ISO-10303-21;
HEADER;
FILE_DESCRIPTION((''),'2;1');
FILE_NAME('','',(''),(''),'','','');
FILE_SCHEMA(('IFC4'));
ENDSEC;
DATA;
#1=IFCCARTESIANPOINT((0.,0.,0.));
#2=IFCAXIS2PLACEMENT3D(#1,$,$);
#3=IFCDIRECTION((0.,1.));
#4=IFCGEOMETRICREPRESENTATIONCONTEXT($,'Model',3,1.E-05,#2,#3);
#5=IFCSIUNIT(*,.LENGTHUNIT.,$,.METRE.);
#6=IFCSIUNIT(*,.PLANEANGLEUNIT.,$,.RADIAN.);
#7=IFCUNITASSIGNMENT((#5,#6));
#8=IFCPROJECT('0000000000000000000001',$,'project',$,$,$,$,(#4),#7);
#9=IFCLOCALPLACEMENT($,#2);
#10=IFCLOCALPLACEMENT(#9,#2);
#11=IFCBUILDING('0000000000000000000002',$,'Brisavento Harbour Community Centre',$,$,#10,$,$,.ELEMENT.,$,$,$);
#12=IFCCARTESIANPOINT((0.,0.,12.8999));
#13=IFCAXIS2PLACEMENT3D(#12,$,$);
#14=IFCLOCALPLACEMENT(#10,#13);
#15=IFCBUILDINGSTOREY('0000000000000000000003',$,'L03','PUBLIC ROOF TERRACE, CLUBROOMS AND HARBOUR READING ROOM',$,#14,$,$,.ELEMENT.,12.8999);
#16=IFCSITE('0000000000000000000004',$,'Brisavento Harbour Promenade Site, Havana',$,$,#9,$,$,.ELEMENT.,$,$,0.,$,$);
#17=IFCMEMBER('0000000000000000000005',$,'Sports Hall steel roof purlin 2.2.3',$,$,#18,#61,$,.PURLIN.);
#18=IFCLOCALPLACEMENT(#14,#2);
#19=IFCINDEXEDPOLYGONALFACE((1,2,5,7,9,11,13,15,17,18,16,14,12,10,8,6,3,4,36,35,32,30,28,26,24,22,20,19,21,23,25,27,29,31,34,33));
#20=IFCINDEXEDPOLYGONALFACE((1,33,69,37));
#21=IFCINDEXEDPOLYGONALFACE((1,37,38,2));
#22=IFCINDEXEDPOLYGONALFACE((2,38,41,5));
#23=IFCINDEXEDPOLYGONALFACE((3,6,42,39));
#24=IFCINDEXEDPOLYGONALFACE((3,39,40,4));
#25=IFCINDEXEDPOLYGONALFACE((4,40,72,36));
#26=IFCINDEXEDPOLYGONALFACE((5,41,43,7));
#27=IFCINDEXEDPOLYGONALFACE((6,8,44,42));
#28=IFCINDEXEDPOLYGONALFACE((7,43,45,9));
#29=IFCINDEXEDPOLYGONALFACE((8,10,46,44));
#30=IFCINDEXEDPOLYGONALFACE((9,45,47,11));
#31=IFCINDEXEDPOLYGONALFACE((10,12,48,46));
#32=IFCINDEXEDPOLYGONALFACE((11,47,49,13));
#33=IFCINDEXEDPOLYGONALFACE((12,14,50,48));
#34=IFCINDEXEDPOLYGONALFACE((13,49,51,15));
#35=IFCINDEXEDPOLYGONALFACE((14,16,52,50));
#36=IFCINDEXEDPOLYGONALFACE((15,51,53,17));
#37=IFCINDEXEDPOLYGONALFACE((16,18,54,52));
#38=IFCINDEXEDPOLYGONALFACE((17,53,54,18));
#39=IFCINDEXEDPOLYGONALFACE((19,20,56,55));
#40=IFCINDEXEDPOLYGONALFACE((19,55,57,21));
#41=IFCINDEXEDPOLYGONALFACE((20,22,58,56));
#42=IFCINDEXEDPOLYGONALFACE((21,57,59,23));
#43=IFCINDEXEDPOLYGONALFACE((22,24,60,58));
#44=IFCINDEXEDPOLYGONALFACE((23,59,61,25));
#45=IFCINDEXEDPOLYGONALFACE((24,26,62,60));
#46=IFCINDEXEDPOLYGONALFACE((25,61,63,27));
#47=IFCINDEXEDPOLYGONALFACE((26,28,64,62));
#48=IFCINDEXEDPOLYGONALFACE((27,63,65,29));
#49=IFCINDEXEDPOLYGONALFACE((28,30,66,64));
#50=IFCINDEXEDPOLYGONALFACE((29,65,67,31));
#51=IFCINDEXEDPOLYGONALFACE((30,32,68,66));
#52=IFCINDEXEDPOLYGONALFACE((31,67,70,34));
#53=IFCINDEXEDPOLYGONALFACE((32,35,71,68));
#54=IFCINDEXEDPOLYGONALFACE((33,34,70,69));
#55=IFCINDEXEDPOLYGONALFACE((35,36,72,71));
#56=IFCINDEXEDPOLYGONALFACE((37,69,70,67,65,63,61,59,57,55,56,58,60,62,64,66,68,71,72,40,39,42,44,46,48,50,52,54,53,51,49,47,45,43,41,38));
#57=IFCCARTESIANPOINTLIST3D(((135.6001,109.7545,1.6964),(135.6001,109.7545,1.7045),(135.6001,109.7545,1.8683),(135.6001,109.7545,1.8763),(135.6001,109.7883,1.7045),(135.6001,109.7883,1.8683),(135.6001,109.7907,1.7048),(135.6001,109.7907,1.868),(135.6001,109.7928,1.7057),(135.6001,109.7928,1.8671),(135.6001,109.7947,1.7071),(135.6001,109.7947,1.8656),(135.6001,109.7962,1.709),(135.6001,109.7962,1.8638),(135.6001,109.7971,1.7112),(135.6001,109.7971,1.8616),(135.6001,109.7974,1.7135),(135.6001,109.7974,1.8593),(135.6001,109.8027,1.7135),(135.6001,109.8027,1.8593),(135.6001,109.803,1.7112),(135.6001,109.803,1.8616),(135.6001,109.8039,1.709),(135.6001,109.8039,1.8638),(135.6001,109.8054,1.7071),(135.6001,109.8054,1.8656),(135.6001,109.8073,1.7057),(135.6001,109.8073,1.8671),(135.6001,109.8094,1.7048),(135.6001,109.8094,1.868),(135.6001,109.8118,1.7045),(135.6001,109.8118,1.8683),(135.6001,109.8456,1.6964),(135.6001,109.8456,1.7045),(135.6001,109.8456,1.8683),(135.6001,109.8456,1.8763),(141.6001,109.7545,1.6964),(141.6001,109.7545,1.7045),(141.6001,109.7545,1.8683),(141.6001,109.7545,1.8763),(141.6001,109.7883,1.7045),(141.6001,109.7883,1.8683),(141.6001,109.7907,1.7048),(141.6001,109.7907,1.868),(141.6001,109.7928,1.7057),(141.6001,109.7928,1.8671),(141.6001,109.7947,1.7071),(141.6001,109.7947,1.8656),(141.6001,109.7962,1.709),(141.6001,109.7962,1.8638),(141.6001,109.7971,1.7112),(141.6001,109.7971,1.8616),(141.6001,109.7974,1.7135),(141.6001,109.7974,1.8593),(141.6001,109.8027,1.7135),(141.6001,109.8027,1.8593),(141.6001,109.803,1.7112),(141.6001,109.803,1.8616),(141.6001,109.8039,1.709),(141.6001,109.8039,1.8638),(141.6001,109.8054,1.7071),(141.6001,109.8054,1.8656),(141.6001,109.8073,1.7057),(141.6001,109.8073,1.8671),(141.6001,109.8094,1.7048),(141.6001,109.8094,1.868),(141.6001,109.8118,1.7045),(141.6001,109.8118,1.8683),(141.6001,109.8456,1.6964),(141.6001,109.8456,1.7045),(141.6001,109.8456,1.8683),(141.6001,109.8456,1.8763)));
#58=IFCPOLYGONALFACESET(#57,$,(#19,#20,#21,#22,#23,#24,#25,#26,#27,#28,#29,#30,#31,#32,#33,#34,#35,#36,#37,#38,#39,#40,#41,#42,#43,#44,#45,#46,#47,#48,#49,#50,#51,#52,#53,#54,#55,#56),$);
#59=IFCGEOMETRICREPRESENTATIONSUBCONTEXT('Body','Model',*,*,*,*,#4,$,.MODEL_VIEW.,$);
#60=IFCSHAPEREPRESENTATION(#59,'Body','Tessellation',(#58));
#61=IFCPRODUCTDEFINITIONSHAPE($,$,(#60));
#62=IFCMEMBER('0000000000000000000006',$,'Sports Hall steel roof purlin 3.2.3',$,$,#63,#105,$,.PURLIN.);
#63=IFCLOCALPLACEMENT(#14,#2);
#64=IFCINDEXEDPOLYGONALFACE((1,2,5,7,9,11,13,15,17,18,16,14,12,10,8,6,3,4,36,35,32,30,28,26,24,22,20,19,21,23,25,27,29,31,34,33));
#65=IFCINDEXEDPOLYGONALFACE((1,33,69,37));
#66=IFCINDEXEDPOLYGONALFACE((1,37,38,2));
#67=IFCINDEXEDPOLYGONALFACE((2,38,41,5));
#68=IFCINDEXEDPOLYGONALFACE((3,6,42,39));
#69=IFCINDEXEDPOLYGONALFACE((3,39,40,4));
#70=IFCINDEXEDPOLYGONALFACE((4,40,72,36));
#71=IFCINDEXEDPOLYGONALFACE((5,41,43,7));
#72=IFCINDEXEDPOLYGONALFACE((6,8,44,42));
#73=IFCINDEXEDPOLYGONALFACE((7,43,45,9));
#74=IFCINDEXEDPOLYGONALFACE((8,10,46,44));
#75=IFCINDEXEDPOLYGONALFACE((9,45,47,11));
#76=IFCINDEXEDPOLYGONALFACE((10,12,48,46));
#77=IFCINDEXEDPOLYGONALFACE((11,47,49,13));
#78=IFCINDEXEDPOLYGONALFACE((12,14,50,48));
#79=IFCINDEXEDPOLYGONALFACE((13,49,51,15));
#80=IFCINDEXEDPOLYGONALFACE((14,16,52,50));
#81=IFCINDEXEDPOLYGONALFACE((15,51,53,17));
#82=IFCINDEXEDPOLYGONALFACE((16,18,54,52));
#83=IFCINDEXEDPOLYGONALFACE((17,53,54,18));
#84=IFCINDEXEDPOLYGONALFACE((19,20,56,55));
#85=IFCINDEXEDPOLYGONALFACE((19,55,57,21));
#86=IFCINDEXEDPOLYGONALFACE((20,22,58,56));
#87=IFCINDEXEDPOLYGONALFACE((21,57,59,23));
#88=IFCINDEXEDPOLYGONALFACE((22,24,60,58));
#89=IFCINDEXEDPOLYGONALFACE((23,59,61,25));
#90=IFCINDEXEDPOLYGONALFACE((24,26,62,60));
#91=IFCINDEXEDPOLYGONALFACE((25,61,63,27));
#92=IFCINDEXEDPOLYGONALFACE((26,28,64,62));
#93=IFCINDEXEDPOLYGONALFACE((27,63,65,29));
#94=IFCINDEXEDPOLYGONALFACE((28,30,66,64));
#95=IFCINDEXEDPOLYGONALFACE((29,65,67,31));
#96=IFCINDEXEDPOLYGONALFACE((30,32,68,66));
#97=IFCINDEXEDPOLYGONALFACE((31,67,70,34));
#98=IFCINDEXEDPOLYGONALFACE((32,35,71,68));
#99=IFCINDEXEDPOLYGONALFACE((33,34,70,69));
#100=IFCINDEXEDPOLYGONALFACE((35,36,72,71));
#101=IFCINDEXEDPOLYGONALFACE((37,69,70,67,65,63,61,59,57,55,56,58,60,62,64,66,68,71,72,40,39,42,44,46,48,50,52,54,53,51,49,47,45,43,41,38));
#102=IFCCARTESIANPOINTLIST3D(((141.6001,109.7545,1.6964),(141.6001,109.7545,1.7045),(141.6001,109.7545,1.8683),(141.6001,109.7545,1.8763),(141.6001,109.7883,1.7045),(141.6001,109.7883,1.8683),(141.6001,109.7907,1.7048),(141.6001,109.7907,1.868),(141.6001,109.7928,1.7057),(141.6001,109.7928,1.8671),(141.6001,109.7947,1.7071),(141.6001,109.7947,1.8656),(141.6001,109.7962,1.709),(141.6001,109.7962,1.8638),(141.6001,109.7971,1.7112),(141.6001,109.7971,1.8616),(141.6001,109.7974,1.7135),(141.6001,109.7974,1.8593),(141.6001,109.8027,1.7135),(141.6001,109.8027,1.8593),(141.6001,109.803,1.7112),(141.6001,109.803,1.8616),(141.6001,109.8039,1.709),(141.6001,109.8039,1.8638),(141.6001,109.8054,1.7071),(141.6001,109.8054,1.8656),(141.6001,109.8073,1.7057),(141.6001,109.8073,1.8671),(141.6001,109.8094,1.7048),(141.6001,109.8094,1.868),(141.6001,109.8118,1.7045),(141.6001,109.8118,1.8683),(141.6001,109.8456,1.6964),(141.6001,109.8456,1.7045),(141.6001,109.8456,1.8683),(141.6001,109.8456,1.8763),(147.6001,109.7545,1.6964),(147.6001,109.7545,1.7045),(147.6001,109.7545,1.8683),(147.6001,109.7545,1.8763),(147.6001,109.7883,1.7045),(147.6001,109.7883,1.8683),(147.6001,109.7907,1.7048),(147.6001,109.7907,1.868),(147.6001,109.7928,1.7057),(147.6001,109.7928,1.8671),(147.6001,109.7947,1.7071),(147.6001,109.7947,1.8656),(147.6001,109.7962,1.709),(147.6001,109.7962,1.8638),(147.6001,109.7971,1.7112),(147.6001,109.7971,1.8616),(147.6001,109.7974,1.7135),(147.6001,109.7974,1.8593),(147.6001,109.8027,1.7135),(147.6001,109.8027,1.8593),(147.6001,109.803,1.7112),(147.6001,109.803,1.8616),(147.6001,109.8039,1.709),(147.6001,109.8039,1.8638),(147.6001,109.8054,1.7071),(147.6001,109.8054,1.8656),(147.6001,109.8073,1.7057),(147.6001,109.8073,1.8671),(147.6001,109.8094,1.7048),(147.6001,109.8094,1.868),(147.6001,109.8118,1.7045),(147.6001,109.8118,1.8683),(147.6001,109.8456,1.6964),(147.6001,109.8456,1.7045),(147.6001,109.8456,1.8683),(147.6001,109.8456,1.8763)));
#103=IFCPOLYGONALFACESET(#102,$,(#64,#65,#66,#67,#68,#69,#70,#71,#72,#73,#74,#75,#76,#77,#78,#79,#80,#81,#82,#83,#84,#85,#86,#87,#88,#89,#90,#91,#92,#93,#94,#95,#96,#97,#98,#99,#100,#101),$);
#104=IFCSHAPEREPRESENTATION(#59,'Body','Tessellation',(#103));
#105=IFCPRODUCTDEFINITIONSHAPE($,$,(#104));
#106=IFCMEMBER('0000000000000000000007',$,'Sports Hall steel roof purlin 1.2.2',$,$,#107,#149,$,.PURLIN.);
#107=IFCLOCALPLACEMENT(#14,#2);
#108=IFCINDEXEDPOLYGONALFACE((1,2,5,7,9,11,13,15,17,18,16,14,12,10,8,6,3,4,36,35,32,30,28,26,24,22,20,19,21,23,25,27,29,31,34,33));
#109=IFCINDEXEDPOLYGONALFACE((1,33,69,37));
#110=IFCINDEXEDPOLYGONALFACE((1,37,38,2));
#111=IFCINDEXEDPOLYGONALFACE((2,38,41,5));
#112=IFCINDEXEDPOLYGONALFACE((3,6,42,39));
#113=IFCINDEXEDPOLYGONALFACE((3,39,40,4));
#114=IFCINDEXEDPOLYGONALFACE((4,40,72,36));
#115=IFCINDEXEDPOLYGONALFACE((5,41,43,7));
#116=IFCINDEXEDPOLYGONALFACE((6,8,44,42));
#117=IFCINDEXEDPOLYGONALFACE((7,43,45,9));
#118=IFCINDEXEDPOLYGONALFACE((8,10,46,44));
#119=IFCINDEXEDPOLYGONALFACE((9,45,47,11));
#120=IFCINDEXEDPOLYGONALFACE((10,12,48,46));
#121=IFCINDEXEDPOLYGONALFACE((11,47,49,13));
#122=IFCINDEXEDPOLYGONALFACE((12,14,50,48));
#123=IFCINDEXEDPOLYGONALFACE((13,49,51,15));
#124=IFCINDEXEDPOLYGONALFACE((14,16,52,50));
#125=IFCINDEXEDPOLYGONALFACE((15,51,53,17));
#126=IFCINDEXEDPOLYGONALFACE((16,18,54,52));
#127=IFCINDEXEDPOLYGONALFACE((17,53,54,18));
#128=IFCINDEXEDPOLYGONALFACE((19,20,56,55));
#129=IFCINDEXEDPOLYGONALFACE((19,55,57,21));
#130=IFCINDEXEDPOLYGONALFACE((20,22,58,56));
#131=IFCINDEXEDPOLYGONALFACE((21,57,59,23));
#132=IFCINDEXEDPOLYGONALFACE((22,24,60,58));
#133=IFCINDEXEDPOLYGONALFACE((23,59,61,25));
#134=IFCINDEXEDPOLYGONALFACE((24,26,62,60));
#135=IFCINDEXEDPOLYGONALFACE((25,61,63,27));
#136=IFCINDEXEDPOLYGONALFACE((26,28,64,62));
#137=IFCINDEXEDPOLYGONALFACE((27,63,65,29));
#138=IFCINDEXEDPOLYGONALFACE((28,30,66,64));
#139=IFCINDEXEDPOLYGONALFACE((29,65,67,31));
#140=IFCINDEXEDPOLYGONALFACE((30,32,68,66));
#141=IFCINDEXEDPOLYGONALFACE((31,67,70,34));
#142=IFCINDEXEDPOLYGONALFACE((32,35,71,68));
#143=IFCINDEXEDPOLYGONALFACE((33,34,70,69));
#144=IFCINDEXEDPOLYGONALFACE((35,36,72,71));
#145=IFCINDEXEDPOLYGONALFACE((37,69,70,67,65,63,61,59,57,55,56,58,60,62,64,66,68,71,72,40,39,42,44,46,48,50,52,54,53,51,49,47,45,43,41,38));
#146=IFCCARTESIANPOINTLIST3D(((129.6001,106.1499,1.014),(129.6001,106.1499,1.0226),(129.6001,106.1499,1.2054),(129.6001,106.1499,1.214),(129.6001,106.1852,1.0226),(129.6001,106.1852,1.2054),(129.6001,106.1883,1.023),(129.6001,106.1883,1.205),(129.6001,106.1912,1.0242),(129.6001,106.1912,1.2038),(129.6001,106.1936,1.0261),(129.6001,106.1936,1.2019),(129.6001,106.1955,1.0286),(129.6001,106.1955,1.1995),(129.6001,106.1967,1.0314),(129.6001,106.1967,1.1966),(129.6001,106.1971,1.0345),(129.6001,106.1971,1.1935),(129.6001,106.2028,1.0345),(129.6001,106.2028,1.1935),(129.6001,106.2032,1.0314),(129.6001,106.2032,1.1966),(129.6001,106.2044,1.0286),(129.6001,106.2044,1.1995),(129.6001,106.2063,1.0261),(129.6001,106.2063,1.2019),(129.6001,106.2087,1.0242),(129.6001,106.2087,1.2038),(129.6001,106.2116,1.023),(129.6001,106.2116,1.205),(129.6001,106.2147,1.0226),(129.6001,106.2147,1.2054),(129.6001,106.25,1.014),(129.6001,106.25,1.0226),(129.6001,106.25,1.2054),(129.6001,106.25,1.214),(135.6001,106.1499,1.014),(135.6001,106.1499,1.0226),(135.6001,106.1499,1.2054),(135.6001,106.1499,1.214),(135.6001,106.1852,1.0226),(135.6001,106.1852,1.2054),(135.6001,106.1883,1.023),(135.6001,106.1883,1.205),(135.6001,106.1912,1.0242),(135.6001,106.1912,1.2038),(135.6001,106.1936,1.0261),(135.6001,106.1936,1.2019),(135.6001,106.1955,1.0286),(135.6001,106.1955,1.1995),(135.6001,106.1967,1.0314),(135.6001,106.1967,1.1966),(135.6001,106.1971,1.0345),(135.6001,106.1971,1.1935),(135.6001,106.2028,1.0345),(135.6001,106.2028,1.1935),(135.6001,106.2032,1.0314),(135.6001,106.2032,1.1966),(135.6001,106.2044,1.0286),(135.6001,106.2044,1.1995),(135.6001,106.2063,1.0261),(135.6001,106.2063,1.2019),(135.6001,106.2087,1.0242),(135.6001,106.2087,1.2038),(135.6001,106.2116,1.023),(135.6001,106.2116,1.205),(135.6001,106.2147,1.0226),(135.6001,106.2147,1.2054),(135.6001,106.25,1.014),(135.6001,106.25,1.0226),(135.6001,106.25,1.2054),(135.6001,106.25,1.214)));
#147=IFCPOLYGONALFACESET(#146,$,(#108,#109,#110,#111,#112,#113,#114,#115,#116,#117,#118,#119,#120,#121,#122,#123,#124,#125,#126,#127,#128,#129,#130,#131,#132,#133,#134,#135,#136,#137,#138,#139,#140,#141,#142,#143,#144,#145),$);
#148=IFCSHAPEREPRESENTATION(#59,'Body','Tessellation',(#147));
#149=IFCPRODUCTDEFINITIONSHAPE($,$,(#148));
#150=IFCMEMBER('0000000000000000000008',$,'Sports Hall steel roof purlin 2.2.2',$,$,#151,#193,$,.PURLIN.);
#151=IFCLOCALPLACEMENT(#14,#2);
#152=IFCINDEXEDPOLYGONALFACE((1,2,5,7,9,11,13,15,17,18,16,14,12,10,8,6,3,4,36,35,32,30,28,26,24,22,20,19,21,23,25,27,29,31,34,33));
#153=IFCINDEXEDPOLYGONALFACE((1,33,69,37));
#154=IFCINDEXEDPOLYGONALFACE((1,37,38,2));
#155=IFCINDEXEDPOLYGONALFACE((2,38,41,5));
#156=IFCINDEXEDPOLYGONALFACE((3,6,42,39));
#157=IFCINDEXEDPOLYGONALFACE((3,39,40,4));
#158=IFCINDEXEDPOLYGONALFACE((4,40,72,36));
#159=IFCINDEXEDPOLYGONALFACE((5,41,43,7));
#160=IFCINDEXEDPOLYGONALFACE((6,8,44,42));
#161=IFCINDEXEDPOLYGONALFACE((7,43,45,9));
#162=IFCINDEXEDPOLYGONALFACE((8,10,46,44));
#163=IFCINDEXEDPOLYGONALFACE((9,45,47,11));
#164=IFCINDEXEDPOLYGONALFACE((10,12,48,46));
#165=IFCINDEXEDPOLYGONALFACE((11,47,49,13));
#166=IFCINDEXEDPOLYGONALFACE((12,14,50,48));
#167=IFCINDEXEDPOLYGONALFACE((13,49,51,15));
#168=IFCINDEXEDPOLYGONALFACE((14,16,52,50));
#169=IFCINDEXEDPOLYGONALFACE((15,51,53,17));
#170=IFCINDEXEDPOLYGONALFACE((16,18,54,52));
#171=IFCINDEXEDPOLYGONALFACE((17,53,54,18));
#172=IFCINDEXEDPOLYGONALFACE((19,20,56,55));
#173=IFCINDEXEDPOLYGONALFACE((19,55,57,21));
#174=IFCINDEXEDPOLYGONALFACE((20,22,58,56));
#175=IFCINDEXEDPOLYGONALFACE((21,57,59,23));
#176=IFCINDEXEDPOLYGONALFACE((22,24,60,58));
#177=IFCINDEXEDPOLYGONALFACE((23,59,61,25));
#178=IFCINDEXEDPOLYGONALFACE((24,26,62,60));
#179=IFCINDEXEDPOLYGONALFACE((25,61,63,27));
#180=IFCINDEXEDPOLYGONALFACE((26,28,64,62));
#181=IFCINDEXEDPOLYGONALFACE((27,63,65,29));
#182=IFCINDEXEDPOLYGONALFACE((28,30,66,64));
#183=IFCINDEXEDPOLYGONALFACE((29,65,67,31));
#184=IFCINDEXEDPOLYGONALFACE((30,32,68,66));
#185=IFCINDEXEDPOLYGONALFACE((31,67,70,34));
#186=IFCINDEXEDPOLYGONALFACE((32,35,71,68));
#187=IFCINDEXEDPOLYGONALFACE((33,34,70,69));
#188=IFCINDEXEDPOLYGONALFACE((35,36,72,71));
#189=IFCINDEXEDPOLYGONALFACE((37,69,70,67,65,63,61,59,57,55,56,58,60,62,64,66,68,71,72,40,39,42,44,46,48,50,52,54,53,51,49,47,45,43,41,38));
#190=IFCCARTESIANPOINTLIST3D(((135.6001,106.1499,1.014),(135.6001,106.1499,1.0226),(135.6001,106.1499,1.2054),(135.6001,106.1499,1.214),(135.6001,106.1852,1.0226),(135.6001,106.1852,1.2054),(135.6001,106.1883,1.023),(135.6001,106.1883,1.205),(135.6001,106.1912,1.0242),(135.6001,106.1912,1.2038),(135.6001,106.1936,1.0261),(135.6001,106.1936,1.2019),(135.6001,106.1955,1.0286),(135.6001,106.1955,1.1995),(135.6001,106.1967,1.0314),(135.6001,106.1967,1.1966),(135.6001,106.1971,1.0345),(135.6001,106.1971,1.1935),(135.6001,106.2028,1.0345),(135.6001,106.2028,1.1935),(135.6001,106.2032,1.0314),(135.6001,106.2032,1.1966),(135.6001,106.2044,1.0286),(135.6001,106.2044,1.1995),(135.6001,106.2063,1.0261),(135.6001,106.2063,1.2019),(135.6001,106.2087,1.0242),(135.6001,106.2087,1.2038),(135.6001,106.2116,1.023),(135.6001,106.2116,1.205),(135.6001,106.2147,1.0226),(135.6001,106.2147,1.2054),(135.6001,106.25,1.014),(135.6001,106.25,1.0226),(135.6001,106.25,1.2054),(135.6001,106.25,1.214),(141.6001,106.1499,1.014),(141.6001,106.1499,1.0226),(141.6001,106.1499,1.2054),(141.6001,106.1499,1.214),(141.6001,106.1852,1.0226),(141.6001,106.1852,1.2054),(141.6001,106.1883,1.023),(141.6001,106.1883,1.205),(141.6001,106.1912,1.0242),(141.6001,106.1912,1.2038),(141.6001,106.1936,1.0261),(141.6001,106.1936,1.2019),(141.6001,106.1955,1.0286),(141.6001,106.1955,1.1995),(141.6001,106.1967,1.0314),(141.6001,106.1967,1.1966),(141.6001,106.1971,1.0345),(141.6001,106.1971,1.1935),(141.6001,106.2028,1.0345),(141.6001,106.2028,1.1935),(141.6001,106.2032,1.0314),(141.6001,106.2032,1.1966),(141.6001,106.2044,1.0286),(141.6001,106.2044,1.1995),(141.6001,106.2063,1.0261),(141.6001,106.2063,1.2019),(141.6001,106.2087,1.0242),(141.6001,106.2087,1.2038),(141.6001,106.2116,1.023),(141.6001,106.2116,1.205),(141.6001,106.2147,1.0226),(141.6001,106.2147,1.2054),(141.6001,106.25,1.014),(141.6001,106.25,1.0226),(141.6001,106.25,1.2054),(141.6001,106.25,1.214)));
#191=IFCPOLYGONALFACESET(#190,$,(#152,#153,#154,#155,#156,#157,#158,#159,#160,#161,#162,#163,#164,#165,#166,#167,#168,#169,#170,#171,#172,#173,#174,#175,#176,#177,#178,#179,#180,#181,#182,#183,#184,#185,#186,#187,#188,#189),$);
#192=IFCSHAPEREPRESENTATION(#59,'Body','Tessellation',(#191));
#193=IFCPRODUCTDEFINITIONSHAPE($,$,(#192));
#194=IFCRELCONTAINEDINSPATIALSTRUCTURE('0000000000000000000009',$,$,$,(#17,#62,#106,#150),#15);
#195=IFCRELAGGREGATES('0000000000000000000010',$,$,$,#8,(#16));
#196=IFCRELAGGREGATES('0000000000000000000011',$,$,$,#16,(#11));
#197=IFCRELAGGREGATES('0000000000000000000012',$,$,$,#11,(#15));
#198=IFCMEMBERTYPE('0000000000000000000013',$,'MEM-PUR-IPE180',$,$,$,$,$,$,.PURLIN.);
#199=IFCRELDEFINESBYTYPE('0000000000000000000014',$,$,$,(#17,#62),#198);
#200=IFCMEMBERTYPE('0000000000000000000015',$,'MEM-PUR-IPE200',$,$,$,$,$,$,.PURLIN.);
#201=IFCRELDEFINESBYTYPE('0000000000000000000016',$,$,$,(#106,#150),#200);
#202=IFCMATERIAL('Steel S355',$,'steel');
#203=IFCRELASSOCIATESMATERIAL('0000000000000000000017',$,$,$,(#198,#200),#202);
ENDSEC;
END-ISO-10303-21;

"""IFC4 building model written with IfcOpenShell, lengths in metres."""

from ifc_helpers import new_model, si_unit, direction, frame, origin, origin_2d, place, context, subcontext, project, spatial, i_section, extrude, material, material_profile, profile_set, type_object, element, save


model = new_model("IFC4")

# Units and contexts
model_context = context("Model", 3, precision=1e-05, world=origin(), true_north=direction((0.0, 1.0)))
body_context = subcontext(model_context, "Body", "Model", "MODEL_VIEW")
ifc_project = project(units=[si_unit("LENGTHUNIT", "METRE"), si_unit("PLANEANGLEUNIT", "RADIAN")], contexts=[model_context])

# Site, building, storey
site_placement = place(None, origin())
site = spatial("IfcSite", under=ifc_project, at=site_placement, Name="Brisavento Harbour Promenade Site, Havana", CompositionType="ELEMENT", RefElevation=0.0)
building_placement = place(site_placement, origin())
building = spatial("IfcBuilding", under=site, at=building_placement, Name="Brisavento Harbour Community Centre", CompositionType="ELEMENT")
storey_placement = place(building_placement, frame((0.0, 0.0, 12.8999)))
storey = spatial("IfcBuildingStorey", under=building, at=storey_placement, Name="L03", Description="PUBLIC ROOF TERRACE, CLUBROOMS AND HARBOUR READING ROOM", CompositionType="ELEMENT", Elevation=12.8999)

# Members
ifc_material = material(Name="Steel S355", Category="steel")
ifc_material_profile_1 = material_profile(ifc_material, i_section(OverallWidth=0.0911, OverallDepth=0.1799, WebThickness=0.0054, FlangeThickness=0.0081, FilletRadius=0.009, at=origin_2d()), Name="Steel S355")
ifc_profile_set_1 = profile_set([ifc_material_profile_1], Name="Steel S355")
member_type_1 = type_object("IfcMemberType", Name="MEM-PUR-IPE180", PredefinedType="PURLIN", material=ifc_profile_set_1)
for number, where, z_axis, x_axis, name in (
    (1, (135.6001, 109.8, 1.7864), (1.0, 0.0, 0.0), (0.0, 1.0, 0.0), "Sports Hall steel roof purlin 2.2.3"),
    (2, (141.6001, 109.8, 1.7864), (1.0, 0.0, 0.0), (0.0, 1.0, 0.0), "Sports Hall steel roof purlin 3.2.3"),
):
    element("IfcMember", number, at=place(storey_placement, frame(where, z_axis=z_axis, x_axis=x_axis)), inside=storey, type_object=member_type_1, Name=name, PredefinedType="PURLIN", context=body_context, shape_type="SweptSolid", body=[
        extrude(i_section(OverallWidth=0.0911, OverallDepth=0.1799, WebThickness=0.0054, FlangeThickness=0.0081, FilletRadius=0.009, at=origin_2d()), origin(), (0.0, 0.0, 1.0), 6.0),
    ])
ifc_material_profile_2 = material_profile(ifc_material, i_section(OverallWidth=0.1001, OverallDepth=0.2, WebThickness=0.0056, FlangeThickness=0.0085, FilletRadius=0.012, at=origin_2d()), Name="Steel S355")
ifc_profile_set_2 = profile_set([ifc_material_profile_2], Name="Steel S355")
member_type_2 = type_object("IfcMemberType", Name="MEM-PUR-IPE200", PredefinedType="PURLIN", material=ifc_profile_set_2)
for number, where, z_axis, x_axis, name in (
    (3, (129.6001, 106.2, 1.114), (1.0, 0.0, 0.0), (0.0, 1.0, 0.0), "Sports Hall steel roof purlin 1.2.2"),
    (4, (135.6001, 106.2, 1.114), (1.0, 0.0, 0.0), (0.0, 1.0, 0.0), "Sports Hall steel roof purlin 2.2.2"),
):
    element("IfcMember", number, at=place(storey_placement, frame(where, z_axis=z_axis, x_axis=x_axis)), inside=storey, type_object=member_type_2, Name=name, PredefinedType="PURLIN", context=body_context, shape_type="SweptSolid", body=[
        extrude(i_section(OverallWidth=0.1001, OverallDepth=0.2, WebThickness=0.0056, FlangeThickness=0.0085, FilletRadius=0.012, at=origin_2d()), origin(), (0.0, 0.0, 1.0), 6.0),
    ])

save(model, "model.ifc")
